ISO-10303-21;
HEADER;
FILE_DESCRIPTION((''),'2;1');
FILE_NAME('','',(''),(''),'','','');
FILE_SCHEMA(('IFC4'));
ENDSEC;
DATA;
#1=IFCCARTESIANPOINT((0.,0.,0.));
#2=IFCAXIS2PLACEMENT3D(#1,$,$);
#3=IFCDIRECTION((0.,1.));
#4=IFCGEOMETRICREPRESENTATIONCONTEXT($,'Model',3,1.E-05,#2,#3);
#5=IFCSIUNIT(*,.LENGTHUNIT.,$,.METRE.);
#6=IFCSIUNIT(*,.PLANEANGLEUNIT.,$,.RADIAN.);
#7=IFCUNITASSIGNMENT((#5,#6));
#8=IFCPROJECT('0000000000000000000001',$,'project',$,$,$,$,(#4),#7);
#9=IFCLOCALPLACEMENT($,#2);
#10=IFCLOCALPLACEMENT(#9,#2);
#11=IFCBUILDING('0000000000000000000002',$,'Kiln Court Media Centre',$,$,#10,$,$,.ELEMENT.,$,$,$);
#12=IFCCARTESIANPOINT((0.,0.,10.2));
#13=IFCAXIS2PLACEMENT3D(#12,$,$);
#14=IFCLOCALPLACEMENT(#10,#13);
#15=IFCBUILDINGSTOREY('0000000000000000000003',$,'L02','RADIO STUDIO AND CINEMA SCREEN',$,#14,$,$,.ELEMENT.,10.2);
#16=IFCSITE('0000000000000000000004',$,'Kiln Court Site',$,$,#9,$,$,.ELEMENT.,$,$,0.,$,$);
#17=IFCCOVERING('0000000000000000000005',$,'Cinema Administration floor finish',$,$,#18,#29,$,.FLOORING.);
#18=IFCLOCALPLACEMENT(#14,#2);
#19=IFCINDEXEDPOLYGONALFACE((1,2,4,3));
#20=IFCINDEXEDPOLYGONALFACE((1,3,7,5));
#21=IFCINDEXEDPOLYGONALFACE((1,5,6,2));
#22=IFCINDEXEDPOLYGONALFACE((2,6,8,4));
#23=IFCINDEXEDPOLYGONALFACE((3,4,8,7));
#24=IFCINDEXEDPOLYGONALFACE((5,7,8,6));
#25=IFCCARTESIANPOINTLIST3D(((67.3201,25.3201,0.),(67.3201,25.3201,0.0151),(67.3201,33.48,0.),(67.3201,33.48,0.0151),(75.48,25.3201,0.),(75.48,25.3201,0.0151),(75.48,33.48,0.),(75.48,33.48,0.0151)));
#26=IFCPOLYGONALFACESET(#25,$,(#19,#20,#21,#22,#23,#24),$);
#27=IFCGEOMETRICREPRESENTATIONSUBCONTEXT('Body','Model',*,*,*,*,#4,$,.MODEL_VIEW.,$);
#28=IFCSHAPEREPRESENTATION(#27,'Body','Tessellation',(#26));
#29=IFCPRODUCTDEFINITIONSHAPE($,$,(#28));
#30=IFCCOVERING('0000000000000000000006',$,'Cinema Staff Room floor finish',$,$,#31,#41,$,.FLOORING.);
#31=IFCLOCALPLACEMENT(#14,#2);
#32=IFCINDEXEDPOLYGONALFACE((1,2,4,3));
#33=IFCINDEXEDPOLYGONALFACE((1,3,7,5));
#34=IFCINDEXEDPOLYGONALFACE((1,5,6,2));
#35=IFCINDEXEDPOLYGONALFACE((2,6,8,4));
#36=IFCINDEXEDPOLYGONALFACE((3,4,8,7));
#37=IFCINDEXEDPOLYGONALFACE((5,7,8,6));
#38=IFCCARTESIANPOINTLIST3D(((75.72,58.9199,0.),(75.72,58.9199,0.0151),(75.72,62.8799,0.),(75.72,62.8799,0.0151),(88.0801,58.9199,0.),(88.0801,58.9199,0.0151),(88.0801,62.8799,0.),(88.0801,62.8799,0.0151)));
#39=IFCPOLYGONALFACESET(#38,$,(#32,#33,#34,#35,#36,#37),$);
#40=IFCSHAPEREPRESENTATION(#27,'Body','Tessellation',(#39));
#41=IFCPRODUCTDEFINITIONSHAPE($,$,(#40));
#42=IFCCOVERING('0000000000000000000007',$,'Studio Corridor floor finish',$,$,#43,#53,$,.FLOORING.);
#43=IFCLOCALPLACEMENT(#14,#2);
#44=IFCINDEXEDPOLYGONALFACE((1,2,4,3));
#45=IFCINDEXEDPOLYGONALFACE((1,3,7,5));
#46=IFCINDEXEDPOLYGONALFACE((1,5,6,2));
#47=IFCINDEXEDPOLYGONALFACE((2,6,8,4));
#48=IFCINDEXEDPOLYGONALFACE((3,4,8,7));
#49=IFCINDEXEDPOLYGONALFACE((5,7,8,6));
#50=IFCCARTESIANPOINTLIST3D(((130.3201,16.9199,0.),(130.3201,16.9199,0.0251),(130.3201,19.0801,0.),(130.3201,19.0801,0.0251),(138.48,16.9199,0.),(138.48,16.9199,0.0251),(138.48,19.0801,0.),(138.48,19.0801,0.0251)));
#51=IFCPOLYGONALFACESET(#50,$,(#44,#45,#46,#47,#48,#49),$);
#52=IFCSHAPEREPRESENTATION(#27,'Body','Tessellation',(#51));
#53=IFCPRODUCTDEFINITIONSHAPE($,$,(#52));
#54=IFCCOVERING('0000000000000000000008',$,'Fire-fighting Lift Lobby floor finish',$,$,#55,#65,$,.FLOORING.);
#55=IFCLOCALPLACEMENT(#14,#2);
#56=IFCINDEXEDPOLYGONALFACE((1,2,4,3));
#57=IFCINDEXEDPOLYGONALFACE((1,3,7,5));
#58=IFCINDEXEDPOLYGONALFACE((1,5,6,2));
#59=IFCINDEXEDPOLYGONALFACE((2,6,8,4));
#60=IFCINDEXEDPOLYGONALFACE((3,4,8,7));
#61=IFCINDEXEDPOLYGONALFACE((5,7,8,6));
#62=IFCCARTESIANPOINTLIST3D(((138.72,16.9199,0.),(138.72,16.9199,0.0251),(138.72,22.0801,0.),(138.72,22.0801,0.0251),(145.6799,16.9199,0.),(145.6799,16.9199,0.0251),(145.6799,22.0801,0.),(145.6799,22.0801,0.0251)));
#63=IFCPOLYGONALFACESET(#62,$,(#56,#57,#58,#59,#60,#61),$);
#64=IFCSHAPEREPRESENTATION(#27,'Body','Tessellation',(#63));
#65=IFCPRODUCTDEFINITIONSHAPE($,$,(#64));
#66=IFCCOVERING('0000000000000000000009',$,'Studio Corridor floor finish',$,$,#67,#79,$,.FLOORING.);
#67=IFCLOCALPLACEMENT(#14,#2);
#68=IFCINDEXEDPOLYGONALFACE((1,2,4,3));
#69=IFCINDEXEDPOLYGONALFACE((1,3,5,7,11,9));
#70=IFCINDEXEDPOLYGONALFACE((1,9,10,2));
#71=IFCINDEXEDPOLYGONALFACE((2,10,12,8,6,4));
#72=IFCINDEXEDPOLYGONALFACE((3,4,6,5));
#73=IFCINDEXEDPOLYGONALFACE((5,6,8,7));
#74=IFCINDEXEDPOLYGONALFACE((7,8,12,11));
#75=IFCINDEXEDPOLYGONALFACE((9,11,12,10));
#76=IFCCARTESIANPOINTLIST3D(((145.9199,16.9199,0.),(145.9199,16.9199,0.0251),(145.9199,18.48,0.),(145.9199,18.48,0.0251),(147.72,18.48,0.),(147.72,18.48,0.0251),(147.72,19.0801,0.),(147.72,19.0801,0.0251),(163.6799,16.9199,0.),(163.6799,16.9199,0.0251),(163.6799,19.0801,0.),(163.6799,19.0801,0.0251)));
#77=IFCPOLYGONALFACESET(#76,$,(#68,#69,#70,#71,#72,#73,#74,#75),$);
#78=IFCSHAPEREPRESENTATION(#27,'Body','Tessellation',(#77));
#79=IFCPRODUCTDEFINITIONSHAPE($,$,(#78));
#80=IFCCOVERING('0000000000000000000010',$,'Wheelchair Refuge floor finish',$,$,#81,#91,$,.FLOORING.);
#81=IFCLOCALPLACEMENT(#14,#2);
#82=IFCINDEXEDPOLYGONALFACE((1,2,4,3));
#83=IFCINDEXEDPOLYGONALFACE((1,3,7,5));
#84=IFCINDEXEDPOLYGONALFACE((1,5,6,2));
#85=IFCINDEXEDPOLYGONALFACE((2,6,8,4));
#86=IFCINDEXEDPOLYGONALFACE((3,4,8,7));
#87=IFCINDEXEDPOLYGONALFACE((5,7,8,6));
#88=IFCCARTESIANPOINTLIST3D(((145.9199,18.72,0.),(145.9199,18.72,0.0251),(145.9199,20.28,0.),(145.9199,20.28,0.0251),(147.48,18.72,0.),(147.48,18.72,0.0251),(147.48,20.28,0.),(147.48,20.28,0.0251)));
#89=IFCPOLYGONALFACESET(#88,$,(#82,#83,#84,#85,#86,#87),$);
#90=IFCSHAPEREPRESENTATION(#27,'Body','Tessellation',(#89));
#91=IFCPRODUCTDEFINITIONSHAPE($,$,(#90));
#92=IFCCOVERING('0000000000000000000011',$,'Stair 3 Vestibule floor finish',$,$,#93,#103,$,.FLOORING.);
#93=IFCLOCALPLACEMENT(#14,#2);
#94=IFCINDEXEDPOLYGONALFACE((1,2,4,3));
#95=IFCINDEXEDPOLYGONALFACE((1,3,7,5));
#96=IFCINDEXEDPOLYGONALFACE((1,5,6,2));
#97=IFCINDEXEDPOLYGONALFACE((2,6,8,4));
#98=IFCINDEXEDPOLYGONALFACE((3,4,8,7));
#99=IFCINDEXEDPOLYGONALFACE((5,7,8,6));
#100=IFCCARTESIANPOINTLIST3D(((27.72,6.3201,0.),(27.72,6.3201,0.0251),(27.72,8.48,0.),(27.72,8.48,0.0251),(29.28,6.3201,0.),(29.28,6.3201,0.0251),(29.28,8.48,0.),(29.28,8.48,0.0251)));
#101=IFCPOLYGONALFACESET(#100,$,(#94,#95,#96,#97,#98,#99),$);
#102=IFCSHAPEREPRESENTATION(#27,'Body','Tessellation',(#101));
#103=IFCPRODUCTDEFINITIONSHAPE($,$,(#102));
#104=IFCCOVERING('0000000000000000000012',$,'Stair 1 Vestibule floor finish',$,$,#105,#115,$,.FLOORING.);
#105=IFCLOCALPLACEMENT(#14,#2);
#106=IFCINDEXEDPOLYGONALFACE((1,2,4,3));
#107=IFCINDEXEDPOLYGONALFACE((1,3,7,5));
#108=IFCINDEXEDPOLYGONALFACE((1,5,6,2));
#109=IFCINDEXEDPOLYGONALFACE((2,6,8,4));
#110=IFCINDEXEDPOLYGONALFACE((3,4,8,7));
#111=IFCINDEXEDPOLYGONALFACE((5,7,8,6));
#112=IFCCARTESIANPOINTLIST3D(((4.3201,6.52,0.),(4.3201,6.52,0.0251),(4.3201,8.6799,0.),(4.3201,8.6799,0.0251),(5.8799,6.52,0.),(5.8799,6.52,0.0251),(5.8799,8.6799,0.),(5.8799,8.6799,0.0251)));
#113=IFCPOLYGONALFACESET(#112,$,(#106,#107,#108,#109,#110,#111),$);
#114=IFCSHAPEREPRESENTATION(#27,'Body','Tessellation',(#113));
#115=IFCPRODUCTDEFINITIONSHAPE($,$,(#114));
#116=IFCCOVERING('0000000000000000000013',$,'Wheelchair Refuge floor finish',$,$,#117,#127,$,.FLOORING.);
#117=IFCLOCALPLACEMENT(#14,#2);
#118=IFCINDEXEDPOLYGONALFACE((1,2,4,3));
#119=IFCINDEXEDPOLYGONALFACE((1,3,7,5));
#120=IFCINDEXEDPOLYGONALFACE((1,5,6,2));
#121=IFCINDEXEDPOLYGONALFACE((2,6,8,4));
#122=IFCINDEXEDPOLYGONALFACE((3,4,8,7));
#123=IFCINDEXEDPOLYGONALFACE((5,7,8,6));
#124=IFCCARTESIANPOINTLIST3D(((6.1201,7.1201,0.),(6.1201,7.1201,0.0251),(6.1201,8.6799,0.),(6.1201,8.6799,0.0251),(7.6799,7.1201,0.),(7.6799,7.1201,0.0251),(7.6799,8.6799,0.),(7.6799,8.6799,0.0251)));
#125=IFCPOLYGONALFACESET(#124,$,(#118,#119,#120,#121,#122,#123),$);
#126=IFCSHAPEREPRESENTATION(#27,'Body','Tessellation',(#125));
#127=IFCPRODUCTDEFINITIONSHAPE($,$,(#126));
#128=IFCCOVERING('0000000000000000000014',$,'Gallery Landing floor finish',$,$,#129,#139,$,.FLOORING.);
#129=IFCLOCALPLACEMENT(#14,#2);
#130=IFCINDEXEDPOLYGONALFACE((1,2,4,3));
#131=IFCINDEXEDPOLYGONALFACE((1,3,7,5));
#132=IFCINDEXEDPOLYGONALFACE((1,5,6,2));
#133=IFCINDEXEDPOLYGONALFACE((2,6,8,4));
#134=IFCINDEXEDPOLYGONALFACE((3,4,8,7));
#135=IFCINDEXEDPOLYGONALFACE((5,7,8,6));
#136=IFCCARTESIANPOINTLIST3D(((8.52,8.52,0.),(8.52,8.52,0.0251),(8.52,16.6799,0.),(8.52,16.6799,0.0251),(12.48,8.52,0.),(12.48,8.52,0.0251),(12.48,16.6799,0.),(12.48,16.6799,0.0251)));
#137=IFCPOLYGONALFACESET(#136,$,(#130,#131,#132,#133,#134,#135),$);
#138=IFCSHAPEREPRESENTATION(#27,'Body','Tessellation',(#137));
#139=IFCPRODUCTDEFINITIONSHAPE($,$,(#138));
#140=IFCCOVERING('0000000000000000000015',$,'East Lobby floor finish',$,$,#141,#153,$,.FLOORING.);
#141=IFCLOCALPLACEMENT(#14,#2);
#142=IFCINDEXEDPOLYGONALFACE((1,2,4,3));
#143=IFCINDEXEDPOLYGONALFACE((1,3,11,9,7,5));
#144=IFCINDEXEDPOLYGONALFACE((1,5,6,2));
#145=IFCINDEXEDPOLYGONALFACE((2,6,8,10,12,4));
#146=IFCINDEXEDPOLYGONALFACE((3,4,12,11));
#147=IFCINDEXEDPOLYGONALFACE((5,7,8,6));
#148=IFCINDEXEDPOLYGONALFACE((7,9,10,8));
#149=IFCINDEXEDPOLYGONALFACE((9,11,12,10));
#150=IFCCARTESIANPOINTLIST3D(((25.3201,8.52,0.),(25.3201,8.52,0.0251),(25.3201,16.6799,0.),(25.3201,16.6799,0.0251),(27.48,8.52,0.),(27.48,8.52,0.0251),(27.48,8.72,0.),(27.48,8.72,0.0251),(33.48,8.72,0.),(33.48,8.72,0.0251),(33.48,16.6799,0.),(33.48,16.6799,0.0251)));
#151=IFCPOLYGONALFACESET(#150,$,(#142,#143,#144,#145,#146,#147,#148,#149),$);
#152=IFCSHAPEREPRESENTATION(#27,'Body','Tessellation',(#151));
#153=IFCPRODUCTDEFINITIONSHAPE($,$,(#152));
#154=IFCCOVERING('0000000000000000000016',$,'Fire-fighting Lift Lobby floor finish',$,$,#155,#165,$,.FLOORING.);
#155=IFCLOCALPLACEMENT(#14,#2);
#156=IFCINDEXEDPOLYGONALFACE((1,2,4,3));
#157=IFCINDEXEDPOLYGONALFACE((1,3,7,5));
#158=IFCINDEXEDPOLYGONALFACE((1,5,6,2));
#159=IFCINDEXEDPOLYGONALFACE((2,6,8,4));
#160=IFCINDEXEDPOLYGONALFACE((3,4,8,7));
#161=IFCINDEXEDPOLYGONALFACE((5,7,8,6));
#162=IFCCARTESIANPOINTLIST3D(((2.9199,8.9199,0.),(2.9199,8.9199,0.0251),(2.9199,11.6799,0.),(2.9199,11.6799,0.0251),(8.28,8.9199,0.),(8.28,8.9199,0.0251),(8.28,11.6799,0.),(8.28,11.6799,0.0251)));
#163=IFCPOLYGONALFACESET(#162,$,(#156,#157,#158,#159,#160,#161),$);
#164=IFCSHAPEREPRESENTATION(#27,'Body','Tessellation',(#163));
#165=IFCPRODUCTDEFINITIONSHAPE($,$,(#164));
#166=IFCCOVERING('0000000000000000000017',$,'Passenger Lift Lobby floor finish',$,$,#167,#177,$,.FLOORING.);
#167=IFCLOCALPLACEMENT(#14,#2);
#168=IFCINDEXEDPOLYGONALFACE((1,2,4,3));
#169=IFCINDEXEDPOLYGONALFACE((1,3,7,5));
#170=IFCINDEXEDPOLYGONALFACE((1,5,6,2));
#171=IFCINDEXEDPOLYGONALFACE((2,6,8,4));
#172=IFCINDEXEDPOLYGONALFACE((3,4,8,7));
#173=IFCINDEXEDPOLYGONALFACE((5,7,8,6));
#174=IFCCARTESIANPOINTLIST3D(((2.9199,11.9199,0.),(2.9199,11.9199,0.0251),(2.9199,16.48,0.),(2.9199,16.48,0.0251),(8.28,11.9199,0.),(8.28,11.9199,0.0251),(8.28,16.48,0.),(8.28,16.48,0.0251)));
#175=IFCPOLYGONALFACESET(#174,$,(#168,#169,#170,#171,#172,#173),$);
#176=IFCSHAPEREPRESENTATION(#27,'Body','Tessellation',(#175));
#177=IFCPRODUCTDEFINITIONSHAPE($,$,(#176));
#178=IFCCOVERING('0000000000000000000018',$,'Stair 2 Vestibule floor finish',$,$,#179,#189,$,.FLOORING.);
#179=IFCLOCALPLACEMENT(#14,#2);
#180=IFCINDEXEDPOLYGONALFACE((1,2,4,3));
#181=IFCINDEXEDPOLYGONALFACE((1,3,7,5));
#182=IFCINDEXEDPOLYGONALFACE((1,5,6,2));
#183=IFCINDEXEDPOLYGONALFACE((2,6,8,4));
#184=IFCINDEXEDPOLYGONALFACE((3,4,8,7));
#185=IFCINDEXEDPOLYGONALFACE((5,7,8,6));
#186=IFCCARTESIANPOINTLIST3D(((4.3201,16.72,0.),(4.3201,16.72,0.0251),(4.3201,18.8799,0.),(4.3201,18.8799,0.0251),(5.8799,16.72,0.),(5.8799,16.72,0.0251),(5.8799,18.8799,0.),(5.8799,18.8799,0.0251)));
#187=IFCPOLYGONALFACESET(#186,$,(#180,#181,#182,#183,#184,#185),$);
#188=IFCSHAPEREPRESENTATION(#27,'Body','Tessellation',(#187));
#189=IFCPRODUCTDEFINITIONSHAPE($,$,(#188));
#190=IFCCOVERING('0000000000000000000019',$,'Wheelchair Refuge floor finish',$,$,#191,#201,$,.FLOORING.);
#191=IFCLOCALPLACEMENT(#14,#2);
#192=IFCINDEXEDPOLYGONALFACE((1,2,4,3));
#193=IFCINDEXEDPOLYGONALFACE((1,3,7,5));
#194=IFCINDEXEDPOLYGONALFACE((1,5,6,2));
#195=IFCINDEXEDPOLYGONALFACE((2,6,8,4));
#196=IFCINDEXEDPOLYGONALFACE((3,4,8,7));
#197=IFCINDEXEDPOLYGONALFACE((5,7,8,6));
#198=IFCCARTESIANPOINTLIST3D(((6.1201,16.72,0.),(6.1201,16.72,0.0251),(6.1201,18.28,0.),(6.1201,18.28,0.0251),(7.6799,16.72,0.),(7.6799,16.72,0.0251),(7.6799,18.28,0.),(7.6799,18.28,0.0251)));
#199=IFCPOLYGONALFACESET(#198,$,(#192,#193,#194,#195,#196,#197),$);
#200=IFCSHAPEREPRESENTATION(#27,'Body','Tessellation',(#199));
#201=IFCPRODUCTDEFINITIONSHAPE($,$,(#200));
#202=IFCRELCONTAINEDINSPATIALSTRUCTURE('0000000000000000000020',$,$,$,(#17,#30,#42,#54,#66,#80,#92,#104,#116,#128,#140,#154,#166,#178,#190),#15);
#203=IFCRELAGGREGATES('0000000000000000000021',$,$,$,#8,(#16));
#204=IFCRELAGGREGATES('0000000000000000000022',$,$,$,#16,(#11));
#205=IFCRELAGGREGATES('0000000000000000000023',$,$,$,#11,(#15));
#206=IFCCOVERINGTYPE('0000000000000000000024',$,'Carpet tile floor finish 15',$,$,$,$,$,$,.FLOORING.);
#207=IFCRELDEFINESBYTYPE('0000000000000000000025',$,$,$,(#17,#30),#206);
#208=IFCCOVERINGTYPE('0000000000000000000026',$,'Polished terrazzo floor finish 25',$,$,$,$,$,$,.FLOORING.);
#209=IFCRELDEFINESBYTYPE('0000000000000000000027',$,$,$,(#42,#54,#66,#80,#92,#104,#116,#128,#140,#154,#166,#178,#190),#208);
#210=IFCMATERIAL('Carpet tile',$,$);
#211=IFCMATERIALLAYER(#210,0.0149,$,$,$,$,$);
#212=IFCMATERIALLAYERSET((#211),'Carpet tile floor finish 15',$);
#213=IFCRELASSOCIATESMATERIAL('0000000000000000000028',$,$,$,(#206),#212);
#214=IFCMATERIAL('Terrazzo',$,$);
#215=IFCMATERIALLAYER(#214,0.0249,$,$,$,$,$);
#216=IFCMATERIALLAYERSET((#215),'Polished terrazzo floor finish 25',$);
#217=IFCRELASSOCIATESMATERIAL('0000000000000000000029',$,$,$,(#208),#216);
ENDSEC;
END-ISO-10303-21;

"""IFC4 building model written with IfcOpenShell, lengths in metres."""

from ifc_helpers import new_model, si_unit, direction, frame, origin, place, context, subcontext, project, spatial, polyline, outline, extrude, material, layer, layer_set, type_object, element, save


model = new_model("IFC4")

# Units and contexts
model_context = context("Model", 3, precision=1e-05, world=origin(), true_north=direction((0.0, 1.0)))
body_context = subcontext(model_context, "Body", "Model", "MODEL_VIEW")
ifc_project = project(units=[si_unit("LENGTHUNIT", "METRE"), si_unit("PLANEANGLEUNIT", "RADIAN")], contexts=[model_context])

# Site, building, storey
site_placement = place(None, origin())
site = spatial("IfcSite", under=ifc_project, at=site_placement, Name="Kiln Court Site", CompositionType="ELEMENT", RefElevation=0.0)
building_placement = place(site_placement, origin())
building = spatial("IfcBuilding", under=site, at=building_placement, Name="Kiln Court Media Centre", CompositionType="ELEMENT")
storey_placement = place(building_placement, frame((0.0, 0.0, 10.2)))
storey = spatial("IfcBuildingStorey", under=building, at=storey_placement, Name="L02", Description="RADIO STUDIO AND CINEMA SCREEN", CompositionType="ELEMENT", Elevation=10.2)

# Coverings
ifc_material_1 = material(Name="Carpet tile")
ifc_layer_1 = layer(ifc_material_1, 0.0149)
ifc_layer_set_1 = layer_set([ifc_layer_1], Name="Carpet tile floor finish 15")
covering_type_1 = type_object("IfcCoveringType", Name="Carpet tile floor finish 15", PredefinedType="FLOORING", material=ifc_layer_set_1)
covering_1_placement = place(storey_placement, origin())
element("IfcCovering", 1, at=covering_1_placement, inside=storey, type_object=covering_type_1, Name="Cinema Administration floor finish", PredefinedType="FLOORING", context=body_context, shape_type="SweptSolid", body=[
    extrude(outline(polyline([(67.3201, 25.3201), (75.48, 25.3201), (75.48, 33.48), (67.3201, 33.48), (67.3201, 25.3201)])), origin(), (0.0, 0.0, 1.0), 0.0151),
])
covering_2_placement = place(storey_placement, origin())
element("IfcCovering", 2, at=covering_2_placement, inside=storey, type_object=covering_type_1, Name="Cinema Staff Room floor finish", PredefinedType="FLOORING", context=body_context, shape_type="SweptSolid", body=[
    extrude(outline(polyline([(75.72, 58.9199), (88.0801, 58.9199), (88.0801, 62.8799), (75.72, 62.8799), (75.72, 58.9199)])), origin(), (0.0, 0.0, 1.0), 0.0151),
])
ifc_material_2 = material(Name="Terrazzo")
ifc_layer_2 = layer(ifc_material_2, 0.0249)
ifc_layer_set_2 = layer_set([ifc_layer_2], Name="Polished terrazzo floor finish 25")
covering_type_2 = type_object("IfcCoveringType", Name="Polished terrazzo floor finish 25", PredefinedType="FLOORING", material=ifc_layer_set_2)
covering_3_placement = place(storey_placement, origin())
element("IfcCovering", 3, at=covering_3_placement, inside=storey, type_object=covering_type_2, Name="Studio Corridor floor finish", PredefinedType="FLOORING", context=body_context, shape_type="SweptSolid", body=[
    extrude(outline(polyline([(130.3201, 16.9199), (138.48, 16.9199), (138.48, 19.0801), (130.3201, 19.0801), (130.3201, 16.9199)])), origin(), (0.0, 0.0, 1.0), 0.0251),
])
covering_4_placement = place(storey_placement, origin())
element("IfcCovering", 4, at=covering_4_placement, inside=storey, type_object=covering_type_2, Name="Fire-fighting Lift Lobby floor finish", PredefinedType="FLOORING", context=body_context, shape_type="SweptSolid", body=[
    extrude(outline(polyline([(138.72, 16.9199), (145.6799, 16.9199), (145.6799, 22.0801), (138.72, 22.0801), (138.72, 16.9199)])), origin(), (0.0, 0.0, 1.0), 0.0251),
])
covering_5_placement = place(storey_placement, origin())
element("IfcCovering", 5, at=covering_5_placement, inside=storey, type_object=covering_type_2, Name="Studio Corridor floor finish", PredefinedType="FLOORING", context=body_context, shape_type="SweptSolid", body=[
    extrude(outline(polyline([(163.6799, 19.0801), (147.72, 19.0801), (147.72, 18.48), (145.9199, 18.48), (145.9199, 16.9199), (163.6799, 16.9199), (163.6799, 19.0801)])), origin(), (0.0, 0.0, 1.0), 0.0251),
])
covering_6_placement = place(storey_placement, origin())
element("IfcCovering", 6, at=covering_6_placement, inside=storey, type_object=covering_type_2, Name="Wheelchair Refuge floor finish", PredefinedType="FLOORING", context=body_context, shape_type="SweptSolid", body=[
    extrude(outline(polyline([(145.9199, 18.72), (147.48, 18.72), (147.48, 20.28), (145.9199, 20.28), (145.9199, 18.72)])), origin(), (0.0, 0.0, 1.0), 0.0251),
])
covering_7_placement = place(storey_placement, origin())
element("IfcCovering", 7, at=covering_7_placement, inside=storey, type_object=covering_type_2, Name="Stair 3 Vestibule floor finish", PredefinedType="FLOORING", context=body_context, shape_type="SweptSolid", body=[
    extrude(outline(polyline([(27.72, 6.3201), (29.28, 6.3201), (29.28, 8.48), (27.72, 8.48), (27.72, 6.3201)])), origin(), (0.0, 0.0, 1.0), 0.0251),
])
covering_8_placement = place(storey_placement, origin())
element("IfcCovering", 8, at=covering_8_placement, inside=storey, type_object=covering_type_2, Name="Stair 1 Vestibule floor finish", PredefinedType="FLOORING", context=body_context, shape_type="SweptSolid", body=[
    extrude(outline(polyline([(4.3201, 6.52), (5.8799, 6.52), (5.8799, 8.6799), (4.3201, 8.6799), (4.3201, 6.52)])), origin(), (0.0, 0.0, 1.0), 0.0251),
])
covering_9_placement = place(storey_placement, origin())
element("IfcCovering", 9, at=covering_9_placement, inside=storey, type_object=covering_type_2, Name="Wheelchair Refuge floor finish", PredefinedType="FLOORING", context=body_context, shape_type="SweptSolid", body=[
    extrude(outline(polyline([(6.1201, 7.1201), (7.6799, 7.1201), (7.6799, 8.6799), (6.1201, 8.6799), (6.1201, 7.1201)])), origin(), (0.0, 0.0, 1.0), 0.0251),
])
covering_10_placement = place(storey_placement, origin())
element("IfcCovering", 10, at=covering_10_placement, inside=storey, type_object=covering_type_2, Name="Gallery Landing floor finish", PredefinedType="FLOORING", context=body_context, shape_type="SweptSolid", body=[
    extrude(outline(polyline([(8.52, 8.52), (12.48, 8.52), (12.48, 16.6799), (8.52, 16.6799), (8.52, 8.52)])), origin(), (0.0, 0.0, 1.0), 0.0251),
])
covering_11_placement = place(storey_placement, origin())
element("IfcCovering", 11, at=covering_11_placement, inside=storey, type_object=covering_type_2, Name="East Lobby floor finish", PredefinedType="FLOORING", context=body_context, shape_type="SweptSolid", body=[
    extrude(outline(polyline([(25.3201, 8.52), (27.48, 8.52), (27.48, 8.72), (33.48, 8.72), (33.48, 16.6799), (25.3201, 16.6799), (25.3201, 8.52)])), origin(), (0.0, 0.0, 1.0), 0.0251),
])
covering_12_placement = place(storey_placement, origin())
element("IfcCovering", 12, at=covering_12_placement, inside=storey, type_object=covering_type_2, Name="Fire-fighting Lift Lobby floor finish", PredefinedType="FLOORING", context=body_context, shape_type="SweptSolid", body=[
    extrude(outline(polyline([(2.9199, 8.9199), (8.28, 8.9199), (8.28, 11.6799), (2.9199, 11.6799), (2.9199, 8.9199)])), origin(), (0.0, 0.0, 1.0), 0.0251),
])
covering_13_placement = place(storey_placement, origin())
element("IfcCovering", 13, at=covering_13_placement, inside=storey, type_object=covering_type_2, Name="Passenger Lift Lobby floor finish", PredefinedType="FLOORING", context=body_context, shape_type="SweptSolid", body=[
    extrude(outline(polyline([(2.9199, 11.9199), (8.28, 11.9199), (8.28, 16.48), (2.9199, 16.48), (2.9199, 11.9199)])), origin(), (0.0, 0.0, 1.0), 0.0251),
])
covering_14_placement = place(storey_placement, origin())
element("IfcCovering", 14, at=covering_14_placement, inside=storey, type_object=covering_type_2, Name="Stair 2 Vestibule floor finish", PredefinedType="FLOORING", context=body_context, shape_type="SweptSolid", body=[
    extrude(outline(polyline([(4.3201, 16.72), (5.8799, 16.72), (5.8799, 18.8799), (4.3201, 18.8799), (4.3201, 16.72)])), origin(), (0.0, 0.0, 1.0), 0.0251),
])
covering_15_placement = place(storey_placement, origin())
element("IfcCovering", 15, at=covering_15_placement, inside=storey, type_object=covering_type_2, Name="Wheelchair Refuge floor finish", PredefinedType="FLOORING", context=body_context, shape_type="SweptSolid", body=[
    extrude(outline(polyline([(6.1201, 16.72), (7.6799, 16.72), (7.6799, 18.28), (6.1201, 18.28), (6.1201, 16.72)])), origin(), (0.0, 0.0, 1.0), 0.0251),
])

save(model, "model.ifc")
